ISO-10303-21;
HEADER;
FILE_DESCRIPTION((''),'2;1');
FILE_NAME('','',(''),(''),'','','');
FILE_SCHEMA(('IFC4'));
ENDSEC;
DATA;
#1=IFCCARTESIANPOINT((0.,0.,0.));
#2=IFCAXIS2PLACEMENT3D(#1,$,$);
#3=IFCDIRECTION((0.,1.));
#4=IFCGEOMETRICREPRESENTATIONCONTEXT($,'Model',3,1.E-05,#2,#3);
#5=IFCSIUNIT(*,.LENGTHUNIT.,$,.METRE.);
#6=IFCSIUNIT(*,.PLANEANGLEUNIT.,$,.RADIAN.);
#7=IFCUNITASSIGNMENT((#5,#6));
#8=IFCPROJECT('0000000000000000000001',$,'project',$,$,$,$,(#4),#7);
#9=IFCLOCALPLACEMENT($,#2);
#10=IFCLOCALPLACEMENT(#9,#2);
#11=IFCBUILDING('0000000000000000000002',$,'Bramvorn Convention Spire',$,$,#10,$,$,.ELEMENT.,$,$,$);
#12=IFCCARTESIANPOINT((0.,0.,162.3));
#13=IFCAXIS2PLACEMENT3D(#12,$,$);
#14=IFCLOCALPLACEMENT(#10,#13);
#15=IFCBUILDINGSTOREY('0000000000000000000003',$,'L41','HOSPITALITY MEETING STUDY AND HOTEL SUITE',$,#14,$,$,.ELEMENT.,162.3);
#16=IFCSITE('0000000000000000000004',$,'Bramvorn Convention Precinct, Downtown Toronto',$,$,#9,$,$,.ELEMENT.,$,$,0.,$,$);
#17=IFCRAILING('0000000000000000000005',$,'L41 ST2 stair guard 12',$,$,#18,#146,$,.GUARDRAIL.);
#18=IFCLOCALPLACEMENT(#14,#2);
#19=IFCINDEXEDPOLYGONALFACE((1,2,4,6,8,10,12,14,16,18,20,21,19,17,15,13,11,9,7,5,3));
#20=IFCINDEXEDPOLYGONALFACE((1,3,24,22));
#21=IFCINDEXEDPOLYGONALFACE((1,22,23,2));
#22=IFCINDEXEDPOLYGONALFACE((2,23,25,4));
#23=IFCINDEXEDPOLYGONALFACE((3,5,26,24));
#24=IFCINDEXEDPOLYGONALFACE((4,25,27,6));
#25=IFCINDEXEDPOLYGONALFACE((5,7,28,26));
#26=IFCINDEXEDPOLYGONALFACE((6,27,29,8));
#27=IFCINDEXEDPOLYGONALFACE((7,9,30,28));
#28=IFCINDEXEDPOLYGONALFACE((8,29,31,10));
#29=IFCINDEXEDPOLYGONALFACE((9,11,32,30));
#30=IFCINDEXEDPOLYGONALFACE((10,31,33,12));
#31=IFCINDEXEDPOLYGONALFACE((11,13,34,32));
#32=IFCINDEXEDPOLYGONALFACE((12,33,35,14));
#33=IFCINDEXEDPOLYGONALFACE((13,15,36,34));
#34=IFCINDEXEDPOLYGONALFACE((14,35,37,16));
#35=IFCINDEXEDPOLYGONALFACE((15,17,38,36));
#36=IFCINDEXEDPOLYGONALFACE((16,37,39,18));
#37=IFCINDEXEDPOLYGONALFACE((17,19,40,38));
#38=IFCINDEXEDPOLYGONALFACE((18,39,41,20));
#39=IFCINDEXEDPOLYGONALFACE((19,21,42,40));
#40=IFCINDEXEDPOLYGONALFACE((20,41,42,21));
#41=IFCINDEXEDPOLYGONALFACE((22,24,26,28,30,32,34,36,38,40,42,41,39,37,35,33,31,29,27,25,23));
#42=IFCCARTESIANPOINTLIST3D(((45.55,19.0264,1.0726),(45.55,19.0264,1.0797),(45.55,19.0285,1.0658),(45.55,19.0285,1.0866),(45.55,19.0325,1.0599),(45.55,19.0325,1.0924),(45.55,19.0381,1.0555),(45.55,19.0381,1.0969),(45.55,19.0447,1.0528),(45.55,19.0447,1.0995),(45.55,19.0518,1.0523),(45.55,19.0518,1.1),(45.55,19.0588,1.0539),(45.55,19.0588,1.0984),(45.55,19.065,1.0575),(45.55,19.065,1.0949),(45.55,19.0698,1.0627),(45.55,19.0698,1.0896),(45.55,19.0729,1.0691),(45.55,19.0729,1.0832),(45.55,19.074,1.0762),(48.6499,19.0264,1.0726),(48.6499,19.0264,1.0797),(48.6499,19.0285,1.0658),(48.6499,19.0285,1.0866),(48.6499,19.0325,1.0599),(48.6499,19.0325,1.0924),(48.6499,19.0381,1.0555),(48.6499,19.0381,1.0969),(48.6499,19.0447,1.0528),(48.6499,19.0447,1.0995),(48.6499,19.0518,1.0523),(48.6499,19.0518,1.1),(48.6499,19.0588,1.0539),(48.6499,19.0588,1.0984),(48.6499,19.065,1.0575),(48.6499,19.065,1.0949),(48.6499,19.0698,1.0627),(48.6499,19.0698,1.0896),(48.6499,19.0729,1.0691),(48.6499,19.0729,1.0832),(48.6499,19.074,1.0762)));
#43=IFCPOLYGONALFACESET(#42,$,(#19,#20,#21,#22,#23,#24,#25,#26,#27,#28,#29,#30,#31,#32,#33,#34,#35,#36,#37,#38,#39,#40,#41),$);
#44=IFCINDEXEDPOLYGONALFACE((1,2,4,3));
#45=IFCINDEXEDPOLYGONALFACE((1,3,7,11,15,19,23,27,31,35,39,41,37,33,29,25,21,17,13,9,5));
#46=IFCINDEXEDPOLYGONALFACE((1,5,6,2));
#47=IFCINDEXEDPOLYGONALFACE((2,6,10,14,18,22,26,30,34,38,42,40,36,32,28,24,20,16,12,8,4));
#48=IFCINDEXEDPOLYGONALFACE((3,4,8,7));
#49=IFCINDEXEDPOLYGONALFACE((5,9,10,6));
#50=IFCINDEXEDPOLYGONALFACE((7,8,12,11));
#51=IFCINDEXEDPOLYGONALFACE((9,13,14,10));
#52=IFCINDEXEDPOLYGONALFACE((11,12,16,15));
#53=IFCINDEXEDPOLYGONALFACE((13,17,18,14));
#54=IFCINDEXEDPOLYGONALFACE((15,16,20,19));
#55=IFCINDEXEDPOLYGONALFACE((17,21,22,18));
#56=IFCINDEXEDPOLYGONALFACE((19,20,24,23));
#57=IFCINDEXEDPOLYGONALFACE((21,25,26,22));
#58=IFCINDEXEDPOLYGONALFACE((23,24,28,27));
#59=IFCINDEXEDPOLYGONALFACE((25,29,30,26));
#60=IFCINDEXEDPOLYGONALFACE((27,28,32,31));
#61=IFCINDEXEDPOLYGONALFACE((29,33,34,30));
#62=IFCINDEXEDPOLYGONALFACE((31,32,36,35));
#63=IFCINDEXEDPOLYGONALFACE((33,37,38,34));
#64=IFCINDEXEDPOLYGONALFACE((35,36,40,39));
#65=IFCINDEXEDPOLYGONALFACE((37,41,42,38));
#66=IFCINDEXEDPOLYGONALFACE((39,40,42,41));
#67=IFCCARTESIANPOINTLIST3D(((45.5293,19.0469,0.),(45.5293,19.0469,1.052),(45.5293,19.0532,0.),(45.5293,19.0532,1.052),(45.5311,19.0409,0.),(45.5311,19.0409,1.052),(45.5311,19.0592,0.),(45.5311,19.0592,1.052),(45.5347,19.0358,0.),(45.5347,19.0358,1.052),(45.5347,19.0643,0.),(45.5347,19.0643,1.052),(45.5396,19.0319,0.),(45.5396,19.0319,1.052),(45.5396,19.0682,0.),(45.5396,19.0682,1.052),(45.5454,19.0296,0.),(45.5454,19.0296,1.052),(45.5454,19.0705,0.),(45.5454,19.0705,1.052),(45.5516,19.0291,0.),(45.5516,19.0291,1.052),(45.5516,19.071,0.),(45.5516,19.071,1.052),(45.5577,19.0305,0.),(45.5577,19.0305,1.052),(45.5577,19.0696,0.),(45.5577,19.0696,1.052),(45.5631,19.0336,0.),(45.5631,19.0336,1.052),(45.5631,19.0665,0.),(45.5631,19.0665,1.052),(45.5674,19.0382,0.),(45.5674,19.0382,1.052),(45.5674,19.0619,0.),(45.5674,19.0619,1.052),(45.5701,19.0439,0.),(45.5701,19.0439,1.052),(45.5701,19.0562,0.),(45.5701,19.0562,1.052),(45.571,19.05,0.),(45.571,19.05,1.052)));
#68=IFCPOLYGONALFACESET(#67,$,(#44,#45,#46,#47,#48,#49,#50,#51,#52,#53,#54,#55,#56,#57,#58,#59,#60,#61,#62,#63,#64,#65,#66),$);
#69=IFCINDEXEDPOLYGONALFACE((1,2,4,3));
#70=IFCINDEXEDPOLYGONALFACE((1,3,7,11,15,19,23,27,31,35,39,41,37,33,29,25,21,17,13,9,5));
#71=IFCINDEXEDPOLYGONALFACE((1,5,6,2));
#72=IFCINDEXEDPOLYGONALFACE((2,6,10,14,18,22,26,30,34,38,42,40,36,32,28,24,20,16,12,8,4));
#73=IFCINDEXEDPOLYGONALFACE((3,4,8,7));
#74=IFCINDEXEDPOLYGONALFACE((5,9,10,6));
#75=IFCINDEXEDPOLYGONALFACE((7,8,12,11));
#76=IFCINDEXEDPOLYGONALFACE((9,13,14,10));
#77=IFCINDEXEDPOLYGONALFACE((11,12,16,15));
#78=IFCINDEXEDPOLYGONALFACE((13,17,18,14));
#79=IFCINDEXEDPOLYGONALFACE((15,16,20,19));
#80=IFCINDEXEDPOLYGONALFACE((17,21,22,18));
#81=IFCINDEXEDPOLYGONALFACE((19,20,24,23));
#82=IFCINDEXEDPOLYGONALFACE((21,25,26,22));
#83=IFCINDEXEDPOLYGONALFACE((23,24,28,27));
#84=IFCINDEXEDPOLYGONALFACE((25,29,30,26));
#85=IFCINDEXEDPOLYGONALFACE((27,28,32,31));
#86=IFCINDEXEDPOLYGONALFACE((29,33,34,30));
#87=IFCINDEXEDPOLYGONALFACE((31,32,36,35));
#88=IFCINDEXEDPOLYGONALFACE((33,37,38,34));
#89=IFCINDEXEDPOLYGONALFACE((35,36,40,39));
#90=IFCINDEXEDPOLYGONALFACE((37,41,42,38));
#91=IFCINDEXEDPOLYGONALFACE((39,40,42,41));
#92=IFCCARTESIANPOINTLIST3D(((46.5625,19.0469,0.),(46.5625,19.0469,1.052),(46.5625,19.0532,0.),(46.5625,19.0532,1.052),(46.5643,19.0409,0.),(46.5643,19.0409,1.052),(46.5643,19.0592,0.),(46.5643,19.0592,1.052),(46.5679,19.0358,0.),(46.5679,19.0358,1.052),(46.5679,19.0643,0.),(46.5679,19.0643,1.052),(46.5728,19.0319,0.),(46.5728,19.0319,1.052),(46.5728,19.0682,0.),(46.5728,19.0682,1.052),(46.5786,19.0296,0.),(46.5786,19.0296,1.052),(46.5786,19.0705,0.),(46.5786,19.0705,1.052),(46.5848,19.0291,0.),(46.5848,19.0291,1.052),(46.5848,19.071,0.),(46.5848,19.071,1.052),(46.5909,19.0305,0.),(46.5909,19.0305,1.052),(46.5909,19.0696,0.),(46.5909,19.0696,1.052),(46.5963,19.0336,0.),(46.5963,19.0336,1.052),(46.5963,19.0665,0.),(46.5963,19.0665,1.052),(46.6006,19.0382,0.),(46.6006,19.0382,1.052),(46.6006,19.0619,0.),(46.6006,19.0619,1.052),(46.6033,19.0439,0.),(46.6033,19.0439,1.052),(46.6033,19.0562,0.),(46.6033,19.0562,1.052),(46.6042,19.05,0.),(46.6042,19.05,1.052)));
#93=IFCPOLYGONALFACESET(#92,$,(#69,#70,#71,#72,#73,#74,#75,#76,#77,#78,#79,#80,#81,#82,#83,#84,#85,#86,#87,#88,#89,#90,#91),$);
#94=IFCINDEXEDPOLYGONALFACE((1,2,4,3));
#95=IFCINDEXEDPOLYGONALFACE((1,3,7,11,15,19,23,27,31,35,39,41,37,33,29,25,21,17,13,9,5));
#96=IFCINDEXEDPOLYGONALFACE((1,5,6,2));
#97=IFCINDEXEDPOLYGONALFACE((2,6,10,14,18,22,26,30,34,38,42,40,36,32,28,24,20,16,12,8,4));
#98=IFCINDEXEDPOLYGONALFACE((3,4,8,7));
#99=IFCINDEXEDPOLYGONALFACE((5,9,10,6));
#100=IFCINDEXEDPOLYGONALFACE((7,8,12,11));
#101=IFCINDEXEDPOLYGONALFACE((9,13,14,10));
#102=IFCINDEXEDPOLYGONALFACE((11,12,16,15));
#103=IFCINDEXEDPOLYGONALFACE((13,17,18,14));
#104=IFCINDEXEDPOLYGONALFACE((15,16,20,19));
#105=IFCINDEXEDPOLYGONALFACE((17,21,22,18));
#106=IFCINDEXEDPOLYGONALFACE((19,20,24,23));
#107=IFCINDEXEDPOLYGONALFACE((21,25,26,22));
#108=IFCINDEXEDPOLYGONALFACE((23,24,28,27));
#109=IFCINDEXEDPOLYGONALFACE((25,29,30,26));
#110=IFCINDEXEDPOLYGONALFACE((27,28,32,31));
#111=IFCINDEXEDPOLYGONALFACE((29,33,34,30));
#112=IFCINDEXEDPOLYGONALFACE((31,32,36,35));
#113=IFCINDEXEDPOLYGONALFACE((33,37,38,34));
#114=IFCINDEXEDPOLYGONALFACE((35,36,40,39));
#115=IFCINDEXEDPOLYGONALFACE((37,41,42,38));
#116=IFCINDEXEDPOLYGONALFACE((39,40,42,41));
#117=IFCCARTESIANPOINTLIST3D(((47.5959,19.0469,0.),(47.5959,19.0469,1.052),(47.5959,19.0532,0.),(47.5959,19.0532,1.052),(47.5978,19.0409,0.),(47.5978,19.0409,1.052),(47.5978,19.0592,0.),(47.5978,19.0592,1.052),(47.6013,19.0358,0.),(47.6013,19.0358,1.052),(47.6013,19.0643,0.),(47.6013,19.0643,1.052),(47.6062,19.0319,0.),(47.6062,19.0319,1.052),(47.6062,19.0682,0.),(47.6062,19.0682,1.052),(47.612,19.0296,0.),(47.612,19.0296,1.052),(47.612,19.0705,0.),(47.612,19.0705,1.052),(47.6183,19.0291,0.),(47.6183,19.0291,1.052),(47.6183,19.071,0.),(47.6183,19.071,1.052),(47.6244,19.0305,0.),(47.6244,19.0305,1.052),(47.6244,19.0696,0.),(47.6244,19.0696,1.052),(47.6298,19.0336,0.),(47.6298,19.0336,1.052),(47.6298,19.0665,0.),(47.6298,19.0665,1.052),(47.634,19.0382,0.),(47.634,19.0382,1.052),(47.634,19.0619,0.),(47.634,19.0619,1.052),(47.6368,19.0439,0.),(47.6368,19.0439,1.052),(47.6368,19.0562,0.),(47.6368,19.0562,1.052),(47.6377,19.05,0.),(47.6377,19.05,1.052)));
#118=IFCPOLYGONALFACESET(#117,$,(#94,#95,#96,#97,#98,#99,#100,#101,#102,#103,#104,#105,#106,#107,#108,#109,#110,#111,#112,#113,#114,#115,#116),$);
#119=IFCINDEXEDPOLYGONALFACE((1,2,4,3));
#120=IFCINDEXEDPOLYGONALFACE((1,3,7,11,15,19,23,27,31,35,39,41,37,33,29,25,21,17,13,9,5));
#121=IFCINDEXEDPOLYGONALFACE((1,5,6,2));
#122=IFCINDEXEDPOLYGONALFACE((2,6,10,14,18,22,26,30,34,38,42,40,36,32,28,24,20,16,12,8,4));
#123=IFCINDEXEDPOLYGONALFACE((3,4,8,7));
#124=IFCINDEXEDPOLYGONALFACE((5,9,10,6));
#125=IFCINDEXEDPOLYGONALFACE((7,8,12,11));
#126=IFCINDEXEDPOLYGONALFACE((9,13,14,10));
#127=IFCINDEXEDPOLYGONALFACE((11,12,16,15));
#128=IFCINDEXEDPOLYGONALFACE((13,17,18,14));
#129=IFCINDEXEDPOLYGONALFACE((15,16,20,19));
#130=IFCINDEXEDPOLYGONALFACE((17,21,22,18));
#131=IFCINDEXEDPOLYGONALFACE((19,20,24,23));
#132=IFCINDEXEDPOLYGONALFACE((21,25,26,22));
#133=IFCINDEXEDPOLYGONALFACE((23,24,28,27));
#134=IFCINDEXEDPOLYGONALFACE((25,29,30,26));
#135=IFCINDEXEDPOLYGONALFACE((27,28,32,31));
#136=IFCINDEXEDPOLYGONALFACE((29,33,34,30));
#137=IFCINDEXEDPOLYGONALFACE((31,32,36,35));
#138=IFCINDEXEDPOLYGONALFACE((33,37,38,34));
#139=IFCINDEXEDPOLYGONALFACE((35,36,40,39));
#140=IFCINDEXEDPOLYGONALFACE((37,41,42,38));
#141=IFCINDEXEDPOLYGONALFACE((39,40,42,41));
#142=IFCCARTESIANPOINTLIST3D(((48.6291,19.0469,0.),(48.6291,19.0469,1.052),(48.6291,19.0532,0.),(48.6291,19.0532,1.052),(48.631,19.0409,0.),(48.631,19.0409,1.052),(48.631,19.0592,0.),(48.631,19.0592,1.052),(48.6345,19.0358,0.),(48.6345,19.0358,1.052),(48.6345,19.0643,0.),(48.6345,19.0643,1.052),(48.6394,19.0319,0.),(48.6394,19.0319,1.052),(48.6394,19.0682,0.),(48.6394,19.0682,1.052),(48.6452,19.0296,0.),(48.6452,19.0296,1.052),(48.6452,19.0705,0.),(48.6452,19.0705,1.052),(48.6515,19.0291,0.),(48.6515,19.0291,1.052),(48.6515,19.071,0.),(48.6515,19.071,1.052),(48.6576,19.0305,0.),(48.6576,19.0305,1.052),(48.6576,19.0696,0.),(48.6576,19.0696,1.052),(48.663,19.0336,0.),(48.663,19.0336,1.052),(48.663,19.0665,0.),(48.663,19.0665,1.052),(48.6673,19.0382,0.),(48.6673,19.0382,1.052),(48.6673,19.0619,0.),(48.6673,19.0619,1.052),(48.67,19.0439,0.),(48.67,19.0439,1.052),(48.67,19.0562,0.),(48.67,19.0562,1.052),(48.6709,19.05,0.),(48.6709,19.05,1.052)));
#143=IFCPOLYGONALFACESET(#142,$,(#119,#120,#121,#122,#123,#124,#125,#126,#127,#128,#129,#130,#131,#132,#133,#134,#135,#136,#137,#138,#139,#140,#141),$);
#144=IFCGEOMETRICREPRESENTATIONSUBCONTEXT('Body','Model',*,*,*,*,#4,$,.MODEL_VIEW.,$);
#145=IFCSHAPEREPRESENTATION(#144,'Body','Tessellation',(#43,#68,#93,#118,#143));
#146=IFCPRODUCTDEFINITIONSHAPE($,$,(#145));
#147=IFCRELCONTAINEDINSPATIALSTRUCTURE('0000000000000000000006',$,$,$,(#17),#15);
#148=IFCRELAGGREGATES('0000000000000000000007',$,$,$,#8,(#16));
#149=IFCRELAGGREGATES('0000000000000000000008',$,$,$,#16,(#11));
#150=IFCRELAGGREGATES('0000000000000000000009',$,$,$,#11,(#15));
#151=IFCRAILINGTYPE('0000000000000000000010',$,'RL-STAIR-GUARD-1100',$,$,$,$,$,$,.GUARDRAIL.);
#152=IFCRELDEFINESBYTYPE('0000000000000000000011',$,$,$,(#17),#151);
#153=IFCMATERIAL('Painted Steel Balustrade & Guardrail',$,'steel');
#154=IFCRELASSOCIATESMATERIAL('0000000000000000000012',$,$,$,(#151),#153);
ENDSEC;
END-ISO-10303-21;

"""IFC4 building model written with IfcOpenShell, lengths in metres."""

from ifc_helpers import new_model, si_unit, direction, frame, origin, origin_2d, place, context, subcontext, project, spatial, circle, extrude, material, type_object, element, save


model = new_model("IFC4")

# Units and contexts
model_context = context("Model", 3, precision=1e-05, world=origin(), true_north=direction((0.0, 1.0)))
body_context = subcontext(model_context, "Body", "Model", "MODEL_VIEW")
ifc_project = project(units=[si_unit("LENGTHUNIT", "METRE"), si_unit("PLANEANGLEUNIT", "RADIAN")], contexts=[model_context])

# Site, building, storey
site_placement = place(None, origin())
site = spatial("IfcSite", under=ifc_project, at=site_placement, Name="Bramvorn Convention Precinct, Downtown Toronto", CompositionType="ELEMENT", RefElevation=0.0)
building_placement = place(site_placement, origin())
building = spatial("IfcBuilding", under=site, at=building_placement, Name="Bramvorn Convention Spire", CompositionType="ELEMENT")
storey_placement = place(building_placement, frame((0.0, 0.0, 162.3)))
storey = spatial("IfcBuildingStorey", under=building, at=storey_placement, Name="L41", Description="HOSPITALITY MEETING STUDY AND HOTEL SUITE", CompositionType="ELEMENT", Elevation=162.3)

# Railing
ifc_material_1 = material(Name="Painted Steel Balustrade & Guardrail", Category="steel")
railing_type = type_object("IfcRailingType", Name="RL-STAIR-GUARD-1100", PredefinedType="GUARDRAIL", material=ifc_material_1)
railing_1_placement = place(storey_placement, frame((45.55, 19.05, 0.0)))
element("IfcRailing", 1, at=railing_1_placement, inside=storey, type_object=railing_type, Name="L41 ST2 stair guard 12", PredefinedType="GUARDRAIL", context=body_context, shape_type="SweptSolid", body=[
    extrude(circle(Radius=0.0239, at=origin_2d()), frame((0.0, 0.0, 1.0762), z_axis=(1.0, 0.0, 0.0), x_axis=(0.0, 1.0, 0.0)), (0.0, 0.0, 1.0), 3.0999),
    extrude(circle(Radius=0.021, at=origin_2d()), origin(), (0.0, 0.0, 1.0), 1.052),
    extrude(circle(Radius=0.021, at=origin_2d()), frame((1.0332, 0.0, 0.0)), (0.0, 0.0, 1.0), 1.052),
    extrude(circle(Radius=0.021, at=origin_2d()), frame((2.0667, 0.0, 0.0)), (0.0, 0.0, 1.0), 1.052),
    extrude(circle(Radius=0.021, at=origin_2d()), frame((3.0999, 0.0, 0.0)), (0.0, 0.0, 1.0), 1.052),
])

save(model, "model.ifc")
